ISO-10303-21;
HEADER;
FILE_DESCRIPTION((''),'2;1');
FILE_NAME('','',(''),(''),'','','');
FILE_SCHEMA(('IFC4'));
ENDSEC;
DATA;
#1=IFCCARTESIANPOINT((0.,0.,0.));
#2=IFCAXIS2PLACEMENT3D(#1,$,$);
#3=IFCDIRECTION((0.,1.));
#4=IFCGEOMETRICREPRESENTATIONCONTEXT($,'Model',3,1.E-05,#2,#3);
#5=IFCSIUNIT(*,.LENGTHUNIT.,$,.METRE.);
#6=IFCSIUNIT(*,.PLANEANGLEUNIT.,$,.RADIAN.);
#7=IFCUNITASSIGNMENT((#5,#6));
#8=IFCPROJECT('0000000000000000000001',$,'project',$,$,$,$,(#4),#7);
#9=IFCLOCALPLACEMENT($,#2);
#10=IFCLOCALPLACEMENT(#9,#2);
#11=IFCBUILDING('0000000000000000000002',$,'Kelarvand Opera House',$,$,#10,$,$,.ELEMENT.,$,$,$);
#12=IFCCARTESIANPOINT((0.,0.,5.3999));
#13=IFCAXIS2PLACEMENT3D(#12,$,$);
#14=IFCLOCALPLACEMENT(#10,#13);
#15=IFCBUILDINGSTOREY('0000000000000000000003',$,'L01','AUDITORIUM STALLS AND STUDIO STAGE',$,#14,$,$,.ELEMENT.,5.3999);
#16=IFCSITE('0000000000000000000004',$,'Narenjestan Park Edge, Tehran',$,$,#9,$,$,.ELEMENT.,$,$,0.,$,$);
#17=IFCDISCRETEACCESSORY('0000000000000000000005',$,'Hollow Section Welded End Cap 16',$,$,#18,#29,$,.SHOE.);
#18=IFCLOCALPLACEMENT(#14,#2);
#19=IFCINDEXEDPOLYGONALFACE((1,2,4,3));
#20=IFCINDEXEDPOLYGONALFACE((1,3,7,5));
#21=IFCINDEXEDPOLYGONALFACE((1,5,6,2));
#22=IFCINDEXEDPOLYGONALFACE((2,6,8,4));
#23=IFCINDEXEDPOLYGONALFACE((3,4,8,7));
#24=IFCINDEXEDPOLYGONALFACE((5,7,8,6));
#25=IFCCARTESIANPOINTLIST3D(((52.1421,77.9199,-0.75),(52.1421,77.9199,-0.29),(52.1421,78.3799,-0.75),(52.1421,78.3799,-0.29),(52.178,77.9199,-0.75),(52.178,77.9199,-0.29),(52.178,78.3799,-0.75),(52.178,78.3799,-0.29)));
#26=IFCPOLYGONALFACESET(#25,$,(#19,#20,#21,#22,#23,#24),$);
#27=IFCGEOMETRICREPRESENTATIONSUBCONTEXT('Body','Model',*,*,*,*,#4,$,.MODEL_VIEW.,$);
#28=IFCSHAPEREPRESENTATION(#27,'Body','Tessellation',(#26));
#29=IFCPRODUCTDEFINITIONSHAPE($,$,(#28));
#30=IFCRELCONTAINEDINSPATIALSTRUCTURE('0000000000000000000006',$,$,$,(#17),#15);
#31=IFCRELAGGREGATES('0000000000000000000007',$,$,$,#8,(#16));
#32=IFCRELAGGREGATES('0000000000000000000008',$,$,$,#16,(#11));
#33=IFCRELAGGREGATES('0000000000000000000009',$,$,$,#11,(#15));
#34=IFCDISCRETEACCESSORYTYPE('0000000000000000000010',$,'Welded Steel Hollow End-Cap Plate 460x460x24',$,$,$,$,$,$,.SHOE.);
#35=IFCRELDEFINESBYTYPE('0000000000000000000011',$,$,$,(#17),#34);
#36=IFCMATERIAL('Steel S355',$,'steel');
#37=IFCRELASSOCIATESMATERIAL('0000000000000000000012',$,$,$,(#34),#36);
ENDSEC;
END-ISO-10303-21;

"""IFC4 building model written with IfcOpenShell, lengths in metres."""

from ifc_helpers import new_model, si_unit, direction, frame, origin, origin_2d, place, context, subcontext, project, spatial, rectangle, extrude, material, material_profile, profile_set, type_object, element, save


model = new_model("IFC4")

# Units and contexts
model_context = context("Model", 3, precision=1e-05, world=origin(), true_north=direction((0.0, 1.0)))
body_context = subcontext(model_context, "Body", "Model", "MODEL_VIEW")
ifc_project = project(units=[si_unit("LENGTHUNIT", "METRE"), si_unit("PLANEANGLEUNIT", "RADIAN")], contexts=[model_context])

# Site, building, storey
site_placement = place(None, origin())
site = spatial("IfcSite", under=ifc_project, at=site_placement, Name="Narenjestan Park Edge, Tehran", CompositionType="ELEMENT", RefElevation=0.0)
building_placement = place(site_placement, origin())
building = spatial("IfcBuilding", under=site, at=building_placement, Name="Kelarvand Opera House", CompositionType="ELEMENT")
storey_placement = place(building_placement, frame((0.0, 0.0, 5.3999)))
storey = spatial("IfcBuildingStorey", under=building, at=storey_placement, Name="L01", Description="AUDITORIUM STALLS AND STUDIO STAGE", CompositionType="ELEMENT", Elevation=5.3999)

# Shared definitions
ifc_material_1 = material(Name="Steel S355", Category="steel")

# Discrete accessory
ifc_material_profile_1 = material_profile(ifc_material_1, rectangle(XDim=0.46, YDim=0.46, at=origin_2d()), Name="Welded Steel Hollow End-Cap Plate 460x460x24", Category="steel")
ifc_profile_set_1 = profile_set([ifc_material_profile_1], Name="Steel S355")
discrete_accessory_type_1 = type_object("IfcDiscreteAccessoryType", Name="Welded Steel Hollow End-Cap Plate 460x460x24", PredefinedType="SHOE", material=ifc_profile_set_1)
for number, where, z_axis, x_axis, name in (
    (1, (52.1421, 78.1499, -0.52), (1.0, 0.0, 0.0), (0.0, 1.0, 0.0), "Hollow Section Welded End Cap 16"),
):
    element("IfcDiscreteAccessory", number, at=place(storey_placement, frame(where, z_axis=z_axis, x_axis=x_axis)), inside=storey, type_object=discrete_accessory_type_1, Name=name, PredefinedType="SHOE", context=body_context, shape_type="SweptSolid", body=[
        extrude(rectangle(XDim=0.46, YDim=0.46, at=origin_2d()), origin(), (0.0, 0.0, 1.0), 0.0359),
    ])

save(model, "model.ifc")
